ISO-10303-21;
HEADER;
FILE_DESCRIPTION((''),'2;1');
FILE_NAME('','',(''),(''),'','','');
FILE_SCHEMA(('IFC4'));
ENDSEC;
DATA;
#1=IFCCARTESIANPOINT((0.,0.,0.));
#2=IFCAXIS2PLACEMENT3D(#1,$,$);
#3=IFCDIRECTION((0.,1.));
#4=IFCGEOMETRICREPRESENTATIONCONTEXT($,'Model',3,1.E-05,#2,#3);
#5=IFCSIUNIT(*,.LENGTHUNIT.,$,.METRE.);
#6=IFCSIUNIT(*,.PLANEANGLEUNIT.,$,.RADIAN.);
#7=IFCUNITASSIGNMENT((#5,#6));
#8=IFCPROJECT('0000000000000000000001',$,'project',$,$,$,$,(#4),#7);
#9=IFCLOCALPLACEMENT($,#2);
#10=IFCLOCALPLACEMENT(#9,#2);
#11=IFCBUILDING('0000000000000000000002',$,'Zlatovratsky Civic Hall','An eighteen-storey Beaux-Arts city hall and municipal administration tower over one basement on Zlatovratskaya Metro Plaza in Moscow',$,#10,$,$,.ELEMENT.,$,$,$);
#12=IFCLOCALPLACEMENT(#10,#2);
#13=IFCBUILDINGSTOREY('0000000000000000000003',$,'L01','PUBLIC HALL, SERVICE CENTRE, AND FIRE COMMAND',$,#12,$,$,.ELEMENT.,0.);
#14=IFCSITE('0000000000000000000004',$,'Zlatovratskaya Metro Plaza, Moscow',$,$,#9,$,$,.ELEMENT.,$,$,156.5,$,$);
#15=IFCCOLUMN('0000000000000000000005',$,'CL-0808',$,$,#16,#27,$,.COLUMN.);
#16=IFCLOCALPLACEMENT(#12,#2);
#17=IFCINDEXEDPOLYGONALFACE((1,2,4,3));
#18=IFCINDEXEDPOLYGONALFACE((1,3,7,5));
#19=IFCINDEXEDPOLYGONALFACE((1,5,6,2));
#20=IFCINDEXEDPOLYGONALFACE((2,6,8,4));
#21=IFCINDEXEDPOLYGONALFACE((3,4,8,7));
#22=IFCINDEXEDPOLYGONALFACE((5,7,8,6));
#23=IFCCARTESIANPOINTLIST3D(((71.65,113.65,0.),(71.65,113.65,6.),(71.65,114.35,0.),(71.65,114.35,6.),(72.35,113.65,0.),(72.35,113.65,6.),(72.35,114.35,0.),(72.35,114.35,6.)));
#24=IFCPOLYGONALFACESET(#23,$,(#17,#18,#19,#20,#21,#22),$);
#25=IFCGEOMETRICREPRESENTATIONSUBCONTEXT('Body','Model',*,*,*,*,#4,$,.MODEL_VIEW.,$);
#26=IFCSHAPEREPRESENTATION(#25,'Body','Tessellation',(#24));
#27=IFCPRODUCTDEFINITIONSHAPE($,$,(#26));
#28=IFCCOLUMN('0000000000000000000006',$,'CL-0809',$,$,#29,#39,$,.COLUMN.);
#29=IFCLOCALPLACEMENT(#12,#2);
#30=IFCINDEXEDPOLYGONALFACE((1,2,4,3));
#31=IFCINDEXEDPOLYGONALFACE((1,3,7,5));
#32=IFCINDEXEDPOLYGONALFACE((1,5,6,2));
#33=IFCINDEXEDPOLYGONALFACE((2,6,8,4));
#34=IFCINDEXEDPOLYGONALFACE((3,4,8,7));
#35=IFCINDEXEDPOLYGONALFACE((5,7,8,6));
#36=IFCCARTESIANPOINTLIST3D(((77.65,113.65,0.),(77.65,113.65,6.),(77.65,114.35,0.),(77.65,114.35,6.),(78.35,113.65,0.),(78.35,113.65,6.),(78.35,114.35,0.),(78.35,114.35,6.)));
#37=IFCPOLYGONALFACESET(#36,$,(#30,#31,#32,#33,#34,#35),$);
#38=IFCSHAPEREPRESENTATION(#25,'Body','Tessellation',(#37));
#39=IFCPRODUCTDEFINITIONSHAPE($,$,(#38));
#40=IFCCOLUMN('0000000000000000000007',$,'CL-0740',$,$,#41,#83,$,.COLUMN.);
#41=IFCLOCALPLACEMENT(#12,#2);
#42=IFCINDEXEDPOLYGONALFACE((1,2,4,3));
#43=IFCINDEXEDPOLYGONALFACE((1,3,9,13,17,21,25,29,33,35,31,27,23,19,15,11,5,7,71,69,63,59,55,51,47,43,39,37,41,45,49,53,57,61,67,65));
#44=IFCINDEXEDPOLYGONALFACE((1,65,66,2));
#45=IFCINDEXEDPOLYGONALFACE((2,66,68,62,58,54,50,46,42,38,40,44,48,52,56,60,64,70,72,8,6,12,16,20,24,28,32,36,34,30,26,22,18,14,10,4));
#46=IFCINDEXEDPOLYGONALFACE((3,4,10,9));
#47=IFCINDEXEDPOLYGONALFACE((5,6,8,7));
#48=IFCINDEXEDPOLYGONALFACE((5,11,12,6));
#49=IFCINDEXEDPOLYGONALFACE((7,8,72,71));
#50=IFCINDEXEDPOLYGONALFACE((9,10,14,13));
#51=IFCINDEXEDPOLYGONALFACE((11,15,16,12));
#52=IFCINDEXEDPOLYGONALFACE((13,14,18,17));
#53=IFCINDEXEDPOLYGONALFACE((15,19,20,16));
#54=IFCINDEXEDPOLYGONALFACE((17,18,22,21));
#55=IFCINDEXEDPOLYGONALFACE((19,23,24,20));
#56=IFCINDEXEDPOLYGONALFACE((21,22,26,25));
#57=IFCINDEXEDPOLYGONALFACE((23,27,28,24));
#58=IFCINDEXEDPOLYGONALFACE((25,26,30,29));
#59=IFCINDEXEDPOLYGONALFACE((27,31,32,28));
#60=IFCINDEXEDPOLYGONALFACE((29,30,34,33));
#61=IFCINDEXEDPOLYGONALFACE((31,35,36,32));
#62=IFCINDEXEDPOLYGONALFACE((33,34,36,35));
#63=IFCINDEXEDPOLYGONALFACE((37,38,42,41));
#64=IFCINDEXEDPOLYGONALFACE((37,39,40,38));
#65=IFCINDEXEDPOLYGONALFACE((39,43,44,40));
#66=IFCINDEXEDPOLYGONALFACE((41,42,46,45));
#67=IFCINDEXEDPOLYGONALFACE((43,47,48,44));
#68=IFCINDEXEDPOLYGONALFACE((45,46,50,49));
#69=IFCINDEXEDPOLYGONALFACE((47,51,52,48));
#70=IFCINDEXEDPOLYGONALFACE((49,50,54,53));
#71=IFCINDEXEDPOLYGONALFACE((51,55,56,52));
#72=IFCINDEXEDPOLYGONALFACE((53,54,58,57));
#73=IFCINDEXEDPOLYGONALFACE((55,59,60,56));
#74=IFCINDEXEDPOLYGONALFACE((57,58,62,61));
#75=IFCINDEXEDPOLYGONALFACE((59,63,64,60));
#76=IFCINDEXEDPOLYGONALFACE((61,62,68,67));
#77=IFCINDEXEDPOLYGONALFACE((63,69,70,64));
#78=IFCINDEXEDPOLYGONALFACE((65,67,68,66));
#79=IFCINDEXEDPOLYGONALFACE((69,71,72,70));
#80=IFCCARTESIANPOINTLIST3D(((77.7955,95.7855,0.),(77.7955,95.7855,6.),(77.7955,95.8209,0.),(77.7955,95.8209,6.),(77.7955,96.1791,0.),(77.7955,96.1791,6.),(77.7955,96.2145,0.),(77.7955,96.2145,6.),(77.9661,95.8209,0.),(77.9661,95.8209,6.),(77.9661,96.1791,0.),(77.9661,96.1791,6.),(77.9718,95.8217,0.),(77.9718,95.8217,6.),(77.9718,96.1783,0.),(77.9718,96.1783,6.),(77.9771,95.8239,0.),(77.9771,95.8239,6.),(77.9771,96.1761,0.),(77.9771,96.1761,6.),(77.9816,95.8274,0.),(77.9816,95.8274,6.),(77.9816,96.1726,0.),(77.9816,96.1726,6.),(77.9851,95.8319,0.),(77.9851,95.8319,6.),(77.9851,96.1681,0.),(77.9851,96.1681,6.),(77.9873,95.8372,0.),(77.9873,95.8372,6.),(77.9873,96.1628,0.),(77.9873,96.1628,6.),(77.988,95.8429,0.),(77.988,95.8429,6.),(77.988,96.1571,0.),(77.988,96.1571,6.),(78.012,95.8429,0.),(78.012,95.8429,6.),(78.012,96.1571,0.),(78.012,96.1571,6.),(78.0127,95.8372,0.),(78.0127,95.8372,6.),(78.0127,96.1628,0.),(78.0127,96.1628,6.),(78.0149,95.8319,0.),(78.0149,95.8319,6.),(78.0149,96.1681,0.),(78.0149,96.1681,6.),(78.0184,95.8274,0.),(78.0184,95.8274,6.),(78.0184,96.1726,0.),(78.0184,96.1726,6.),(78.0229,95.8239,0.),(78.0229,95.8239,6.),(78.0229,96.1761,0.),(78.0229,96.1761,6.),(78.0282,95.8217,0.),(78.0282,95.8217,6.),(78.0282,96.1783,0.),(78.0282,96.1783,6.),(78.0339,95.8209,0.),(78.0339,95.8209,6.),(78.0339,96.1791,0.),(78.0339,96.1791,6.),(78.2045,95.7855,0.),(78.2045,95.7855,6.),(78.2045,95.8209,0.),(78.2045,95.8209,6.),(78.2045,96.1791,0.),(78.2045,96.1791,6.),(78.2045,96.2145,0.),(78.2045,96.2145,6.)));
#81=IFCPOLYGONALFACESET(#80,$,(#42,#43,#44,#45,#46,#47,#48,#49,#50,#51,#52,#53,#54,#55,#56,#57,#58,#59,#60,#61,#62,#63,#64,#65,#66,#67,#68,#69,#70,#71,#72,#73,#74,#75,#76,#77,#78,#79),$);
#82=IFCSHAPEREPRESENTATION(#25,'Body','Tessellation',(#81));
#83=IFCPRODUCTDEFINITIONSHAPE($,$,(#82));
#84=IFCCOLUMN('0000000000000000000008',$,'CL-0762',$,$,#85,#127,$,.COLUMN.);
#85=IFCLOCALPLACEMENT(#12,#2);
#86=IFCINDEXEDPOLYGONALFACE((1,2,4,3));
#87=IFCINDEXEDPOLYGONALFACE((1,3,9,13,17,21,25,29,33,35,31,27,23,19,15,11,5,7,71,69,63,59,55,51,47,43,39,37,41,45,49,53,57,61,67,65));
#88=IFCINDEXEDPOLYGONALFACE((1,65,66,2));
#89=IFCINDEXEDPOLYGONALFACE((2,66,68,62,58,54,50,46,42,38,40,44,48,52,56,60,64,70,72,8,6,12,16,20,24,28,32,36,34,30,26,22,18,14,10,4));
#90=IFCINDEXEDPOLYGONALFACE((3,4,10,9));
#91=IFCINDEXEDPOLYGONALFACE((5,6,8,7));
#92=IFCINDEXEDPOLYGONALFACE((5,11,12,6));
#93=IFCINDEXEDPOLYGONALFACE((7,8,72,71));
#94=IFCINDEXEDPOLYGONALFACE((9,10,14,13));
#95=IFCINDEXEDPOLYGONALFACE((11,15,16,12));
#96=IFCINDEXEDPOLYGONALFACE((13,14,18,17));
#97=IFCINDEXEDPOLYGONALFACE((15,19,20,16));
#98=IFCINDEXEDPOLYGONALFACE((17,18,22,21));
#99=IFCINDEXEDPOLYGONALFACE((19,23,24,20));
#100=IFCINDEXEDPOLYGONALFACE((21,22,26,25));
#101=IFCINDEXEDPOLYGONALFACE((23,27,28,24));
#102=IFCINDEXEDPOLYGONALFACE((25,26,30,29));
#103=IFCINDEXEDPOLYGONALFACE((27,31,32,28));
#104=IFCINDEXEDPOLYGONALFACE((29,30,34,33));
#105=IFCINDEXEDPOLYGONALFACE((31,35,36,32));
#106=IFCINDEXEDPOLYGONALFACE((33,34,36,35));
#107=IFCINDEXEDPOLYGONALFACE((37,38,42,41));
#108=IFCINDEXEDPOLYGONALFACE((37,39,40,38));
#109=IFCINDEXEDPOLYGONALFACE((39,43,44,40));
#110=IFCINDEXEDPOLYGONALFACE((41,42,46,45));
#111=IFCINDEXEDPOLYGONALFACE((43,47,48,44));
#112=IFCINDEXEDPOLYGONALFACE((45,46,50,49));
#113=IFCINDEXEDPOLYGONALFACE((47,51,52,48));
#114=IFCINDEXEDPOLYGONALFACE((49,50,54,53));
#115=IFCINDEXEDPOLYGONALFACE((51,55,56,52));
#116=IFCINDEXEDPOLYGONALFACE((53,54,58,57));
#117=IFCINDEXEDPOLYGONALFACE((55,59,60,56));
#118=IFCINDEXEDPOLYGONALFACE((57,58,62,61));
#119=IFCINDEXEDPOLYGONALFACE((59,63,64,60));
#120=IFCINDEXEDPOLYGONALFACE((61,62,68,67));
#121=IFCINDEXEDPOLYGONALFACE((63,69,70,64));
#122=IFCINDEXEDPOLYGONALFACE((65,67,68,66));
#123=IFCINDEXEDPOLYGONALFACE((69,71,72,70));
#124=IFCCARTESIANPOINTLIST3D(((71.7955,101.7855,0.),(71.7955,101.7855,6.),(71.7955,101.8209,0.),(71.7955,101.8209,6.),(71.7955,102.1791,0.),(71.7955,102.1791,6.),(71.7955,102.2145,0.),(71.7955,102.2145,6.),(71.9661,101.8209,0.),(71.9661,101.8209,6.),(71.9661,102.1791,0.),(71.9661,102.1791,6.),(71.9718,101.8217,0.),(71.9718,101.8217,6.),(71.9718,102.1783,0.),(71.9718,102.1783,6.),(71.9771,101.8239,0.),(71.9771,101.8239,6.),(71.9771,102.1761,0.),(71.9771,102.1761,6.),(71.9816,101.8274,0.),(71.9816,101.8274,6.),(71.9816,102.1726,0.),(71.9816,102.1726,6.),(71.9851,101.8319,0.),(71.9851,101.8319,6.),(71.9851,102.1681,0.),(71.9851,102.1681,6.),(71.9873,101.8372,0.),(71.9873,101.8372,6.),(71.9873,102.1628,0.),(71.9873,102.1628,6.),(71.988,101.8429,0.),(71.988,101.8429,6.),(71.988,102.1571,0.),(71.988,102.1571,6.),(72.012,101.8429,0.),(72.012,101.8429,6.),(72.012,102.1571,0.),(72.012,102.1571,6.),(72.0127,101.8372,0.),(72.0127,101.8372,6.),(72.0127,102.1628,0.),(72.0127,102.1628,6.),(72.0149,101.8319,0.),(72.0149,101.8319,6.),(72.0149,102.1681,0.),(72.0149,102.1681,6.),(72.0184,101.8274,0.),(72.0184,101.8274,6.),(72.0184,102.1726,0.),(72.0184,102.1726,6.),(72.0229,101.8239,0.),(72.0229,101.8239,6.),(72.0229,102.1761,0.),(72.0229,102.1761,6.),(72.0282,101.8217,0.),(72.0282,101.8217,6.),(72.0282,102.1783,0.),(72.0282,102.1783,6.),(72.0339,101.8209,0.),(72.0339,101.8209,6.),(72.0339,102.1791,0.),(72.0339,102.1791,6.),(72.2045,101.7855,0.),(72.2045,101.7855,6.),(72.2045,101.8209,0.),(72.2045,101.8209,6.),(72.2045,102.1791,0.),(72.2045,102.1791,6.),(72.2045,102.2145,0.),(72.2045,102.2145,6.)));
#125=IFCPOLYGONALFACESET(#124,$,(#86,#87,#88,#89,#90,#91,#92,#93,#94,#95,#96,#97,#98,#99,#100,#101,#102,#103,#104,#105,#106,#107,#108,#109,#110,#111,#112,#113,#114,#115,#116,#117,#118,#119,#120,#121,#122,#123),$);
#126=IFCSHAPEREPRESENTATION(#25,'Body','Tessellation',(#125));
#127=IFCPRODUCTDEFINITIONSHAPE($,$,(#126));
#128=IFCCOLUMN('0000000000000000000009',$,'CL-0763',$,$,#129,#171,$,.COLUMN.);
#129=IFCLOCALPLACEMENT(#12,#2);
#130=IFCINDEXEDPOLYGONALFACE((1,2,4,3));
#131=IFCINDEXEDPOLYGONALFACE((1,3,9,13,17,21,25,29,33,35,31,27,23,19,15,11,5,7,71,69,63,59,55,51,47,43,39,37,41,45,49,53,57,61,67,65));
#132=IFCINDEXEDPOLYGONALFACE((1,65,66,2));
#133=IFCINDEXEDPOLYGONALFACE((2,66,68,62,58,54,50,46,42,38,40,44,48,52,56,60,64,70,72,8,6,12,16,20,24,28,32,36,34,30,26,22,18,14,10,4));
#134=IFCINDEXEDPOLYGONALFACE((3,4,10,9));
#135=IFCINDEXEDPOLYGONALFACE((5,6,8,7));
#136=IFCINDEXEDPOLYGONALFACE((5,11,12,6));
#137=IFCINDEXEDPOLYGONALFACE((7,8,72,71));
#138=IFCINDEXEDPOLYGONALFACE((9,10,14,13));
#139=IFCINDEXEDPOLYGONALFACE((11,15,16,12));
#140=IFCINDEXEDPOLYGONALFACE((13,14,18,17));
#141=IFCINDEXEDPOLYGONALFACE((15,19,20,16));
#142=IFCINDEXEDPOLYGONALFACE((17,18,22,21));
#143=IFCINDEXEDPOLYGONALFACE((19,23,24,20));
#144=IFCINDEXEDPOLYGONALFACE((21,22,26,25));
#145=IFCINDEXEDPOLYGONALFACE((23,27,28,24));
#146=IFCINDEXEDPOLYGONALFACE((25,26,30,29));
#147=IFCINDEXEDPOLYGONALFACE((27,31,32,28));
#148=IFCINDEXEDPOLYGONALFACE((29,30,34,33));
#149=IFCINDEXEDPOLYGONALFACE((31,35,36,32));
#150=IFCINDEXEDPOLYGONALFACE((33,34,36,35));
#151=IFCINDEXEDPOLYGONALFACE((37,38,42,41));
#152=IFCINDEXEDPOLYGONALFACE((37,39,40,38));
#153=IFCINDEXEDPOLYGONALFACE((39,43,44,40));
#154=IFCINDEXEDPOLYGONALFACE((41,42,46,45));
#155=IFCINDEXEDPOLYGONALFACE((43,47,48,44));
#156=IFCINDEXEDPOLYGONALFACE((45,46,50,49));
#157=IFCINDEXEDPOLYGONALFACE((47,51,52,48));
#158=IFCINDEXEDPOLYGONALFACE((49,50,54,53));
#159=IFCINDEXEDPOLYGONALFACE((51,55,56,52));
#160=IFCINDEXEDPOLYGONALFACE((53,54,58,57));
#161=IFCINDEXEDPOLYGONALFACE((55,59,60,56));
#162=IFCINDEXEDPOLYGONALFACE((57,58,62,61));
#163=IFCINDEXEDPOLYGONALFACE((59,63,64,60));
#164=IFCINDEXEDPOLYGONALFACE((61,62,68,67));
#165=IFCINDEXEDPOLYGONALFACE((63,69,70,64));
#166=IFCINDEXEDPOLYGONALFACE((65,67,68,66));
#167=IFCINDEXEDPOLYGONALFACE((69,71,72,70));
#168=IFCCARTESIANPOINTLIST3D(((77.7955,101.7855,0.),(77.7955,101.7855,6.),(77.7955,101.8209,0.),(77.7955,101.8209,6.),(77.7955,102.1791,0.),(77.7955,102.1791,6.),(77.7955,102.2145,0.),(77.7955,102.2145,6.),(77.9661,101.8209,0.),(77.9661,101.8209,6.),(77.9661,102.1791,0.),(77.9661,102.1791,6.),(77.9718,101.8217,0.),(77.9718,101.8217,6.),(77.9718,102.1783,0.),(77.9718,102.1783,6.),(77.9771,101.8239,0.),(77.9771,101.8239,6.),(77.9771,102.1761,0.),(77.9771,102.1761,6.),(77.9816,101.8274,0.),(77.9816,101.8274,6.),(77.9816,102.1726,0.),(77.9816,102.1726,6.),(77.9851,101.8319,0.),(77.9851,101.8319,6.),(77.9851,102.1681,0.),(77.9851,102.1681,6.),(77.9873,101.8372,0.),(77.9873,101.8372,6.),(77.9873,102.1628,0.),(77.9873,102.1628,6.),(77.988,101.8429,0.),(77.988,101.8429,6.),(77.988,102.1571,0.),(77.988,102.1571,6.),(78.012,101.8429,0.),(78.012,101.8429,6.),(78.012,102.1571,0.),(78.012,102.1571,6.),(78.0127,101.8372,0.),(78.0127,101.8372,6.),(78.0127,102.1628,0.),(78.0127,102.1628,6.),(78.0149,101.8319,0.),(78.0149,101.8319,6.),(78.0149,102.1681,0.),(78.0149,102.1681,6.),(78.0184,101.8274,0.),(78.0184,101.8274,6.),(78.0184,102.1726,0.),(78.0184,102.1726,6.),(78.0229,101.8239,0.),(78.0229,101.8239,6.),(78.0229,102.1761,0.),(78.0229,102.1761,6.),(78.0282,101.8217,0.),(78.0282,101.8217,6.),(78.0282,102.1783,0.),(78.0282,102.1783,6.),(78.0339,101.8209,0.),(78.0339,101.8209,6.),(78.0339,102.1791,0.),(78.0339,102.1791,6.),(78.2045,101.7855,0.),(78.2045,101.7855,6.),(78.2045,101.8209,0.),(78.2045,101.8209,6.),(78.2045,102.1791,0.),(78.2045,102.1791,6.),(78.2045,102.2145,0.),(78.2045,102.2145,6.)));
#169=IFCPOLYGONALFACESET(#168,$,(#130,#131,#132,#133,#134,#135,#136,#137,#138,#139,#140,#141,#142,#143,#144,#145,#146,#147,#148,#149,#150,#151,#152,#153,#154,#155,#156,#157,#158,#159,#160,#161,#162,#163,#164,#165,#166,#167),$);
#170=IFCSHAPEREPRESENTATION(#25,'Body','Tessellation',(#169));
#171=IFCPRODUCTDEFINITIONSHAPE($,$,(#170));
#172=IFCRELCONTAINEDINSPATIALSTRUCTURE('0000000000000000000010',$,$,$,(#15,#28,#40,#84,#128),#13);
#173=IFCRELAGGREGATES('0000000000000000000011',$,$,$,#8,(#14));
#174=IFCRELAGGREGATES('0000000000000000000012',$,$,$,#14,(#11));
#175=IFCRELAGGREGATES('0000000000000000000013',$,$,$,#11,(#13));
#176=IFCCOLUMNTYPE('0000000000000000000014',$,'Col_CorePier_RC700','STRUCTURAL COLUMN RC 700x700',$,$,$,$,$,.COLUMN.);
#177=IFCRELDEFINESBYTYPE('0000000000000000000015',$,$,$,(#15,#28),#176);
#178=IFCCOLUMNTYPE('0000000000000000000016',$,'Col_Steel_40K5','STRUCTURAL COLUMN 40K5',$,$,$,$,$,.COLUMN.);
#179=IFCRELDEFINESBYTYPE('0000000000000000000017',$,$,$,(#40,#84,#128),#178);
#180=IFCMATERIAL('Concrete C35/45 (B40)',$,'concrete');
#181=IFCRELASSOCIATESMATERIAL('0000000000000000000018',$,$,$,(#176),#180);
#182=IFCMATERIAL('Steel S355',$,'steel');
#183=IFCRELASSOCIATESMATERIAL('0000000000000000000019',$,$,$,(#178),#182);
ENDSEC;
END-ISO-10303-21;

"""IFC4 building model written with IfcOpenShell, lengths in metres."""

from ifc_helpers import new_model, si_unit, direction, frame, origin, origin_2d, place, context, subcontext, project, spatial, rectangle, i_section, extrude, material, material_profile, profile_set, type_object, element, save


model = new_model("IFC4")

# Units and contexts
model_context = context("Model", 3, precision=1e-05, world=origin(), true_north=direction((0.0, 1.0)))
body_context = subcontext(model_context, "Body", "Model", "MODEL_VIEW")
ifc_project = project(units=[si_unit("LENGTHUNIT", "METRE"), si_unit("PLANEANGLEUNIT", "RADIAN")], contexts=[model_context])

# Site, building, storey
site_placement = place(None, origin())
site = spatial("IfcSite", under=ifc_project, at=site_placement, Name="Zlatovratskaya Metro Plaza, Moscow", CompositionType="ELEMENT", RefElevation=156.5)
building_placement = place(site_placement, origin())
building = spatial("IfcBuilding", under=site, at=building_placement, Name="Zlatovratsky Civic Hall", Description="An eighteen-storey Beaux-Arts city hall and municipal administration tower over one basement on Zlatovratskaya Metro Plaza in Moscow", CompositionType="ELEMENT")
storey_placement = place(building_placement, origin())
storey = spatial("IfcBuildingStorey", under=building, at=storey_placement, Name="L01", Description="PUBLIC HALL, SERVICE CENTRE, AND FIRE COMMAND", CompositionType="ELEMENT", Elevation=0.0)

# Columns
ifc_material_1 = material(Name="Concrete C35/45 (B40)", Category="concrete")
ifc_material_profile_1 = material_profile(ifc_material_1, rectangle(XDim=0.7, YDim=0.7, at=origin_2d()), Name="RC 700x700")
ifc_profile_set_1 = profile_set([ifc_material_profile_1], Name="Concrete C35/45 (B40)")
column_type_1 = type_object("IfcColumnType", Name="Col_CorePier_RC700", Description="STRUCTURAL COLUMN RC 700x700", PredefinedType="COLUMN", material=ifc_profile_set_1)
for number, where, z_axis, x_axis, name in (
    (1, (72.0, 114.0, 0.0), (0.0, 0.0, 1.0), (1.0, 0.0, 0.0), "CL-0808"),
    (2, (78.0, 114.0, 0.0), (0.0, 0.0, 1.0), (1.0, 0.0, 0.0), "CL-0809"),
):
    element("IfcColumn", number, at=place(storey_placement, frame(where, z_axis=z_axis, x_axis=x_axis)), inside=storey, type_object=column_type_1, Name=name, PredefinedType="COLUMN", context=body_context, shape_type="SweptSolid", body=[
        extrude(rectangle(XDim=0.7, YDim=0.7, at=origin_2d()), origin(), (0.0, 0.0, 1.0), 6.0),
    ])
ifc_material_2 = material(Name="Steel S355", Category="steel")
ifc_material_profile_2 = material_profile(ifc_material_2, i_section(OverallWidth=0.4089, OverallDepth=0.429, WebThickness=0.0239, FlangeThickness=0.0354, FilletRadius=0.022, at=origin_2d()), Name="40K5")
ifc_profile_set_2 = profile_set([ifc_material_profile_2], Name="Steel S355")
column_type_2 = type_object("IfcColumnType", Name="Col_Steel_40K5", Description="STRUCTURAL COLUMN 40K5", PredefinedType="COLUMN", material=ifc_profile_set_2)
for number, where, z_axis, x_axis, name in (
    (3, (78.0, 96.0, 0.0), (0.0, 0.0, 1.0), (1.0, 0.0, 0.0), "CL-0740"),
    (4, (72.0, 102.0, 0.0), (0.0, 0.0, 1.0), (1.0, 0.0, 0.0), "CL-0762"),
    (5, (78.0, 102.0, 0.0), (0.0, 0.0, 1.0), (1.0, 0.0, 0.0), "CL-0763"),
):
    element("IfcColumn", number, at=place(storey_placement, frame(where, z_axis=z_axis, x_axis=x_axis)), inside=storey, type_object=column_type_2, Name=name, PredefinedType="COLUMN", context=body_context, shape_type="SweptSolid", body=[
        extrude(i_section(OverallWidth=0.4089, OverallDepth=0.429, WebThickness=0.0239, FlangeThickness=0.0354, FilletRadius=0.022, at=origin_2d()), origin(), (0.0, 0.0, 1.0), 6.0),
    ])

save(model, "model.ifc")
